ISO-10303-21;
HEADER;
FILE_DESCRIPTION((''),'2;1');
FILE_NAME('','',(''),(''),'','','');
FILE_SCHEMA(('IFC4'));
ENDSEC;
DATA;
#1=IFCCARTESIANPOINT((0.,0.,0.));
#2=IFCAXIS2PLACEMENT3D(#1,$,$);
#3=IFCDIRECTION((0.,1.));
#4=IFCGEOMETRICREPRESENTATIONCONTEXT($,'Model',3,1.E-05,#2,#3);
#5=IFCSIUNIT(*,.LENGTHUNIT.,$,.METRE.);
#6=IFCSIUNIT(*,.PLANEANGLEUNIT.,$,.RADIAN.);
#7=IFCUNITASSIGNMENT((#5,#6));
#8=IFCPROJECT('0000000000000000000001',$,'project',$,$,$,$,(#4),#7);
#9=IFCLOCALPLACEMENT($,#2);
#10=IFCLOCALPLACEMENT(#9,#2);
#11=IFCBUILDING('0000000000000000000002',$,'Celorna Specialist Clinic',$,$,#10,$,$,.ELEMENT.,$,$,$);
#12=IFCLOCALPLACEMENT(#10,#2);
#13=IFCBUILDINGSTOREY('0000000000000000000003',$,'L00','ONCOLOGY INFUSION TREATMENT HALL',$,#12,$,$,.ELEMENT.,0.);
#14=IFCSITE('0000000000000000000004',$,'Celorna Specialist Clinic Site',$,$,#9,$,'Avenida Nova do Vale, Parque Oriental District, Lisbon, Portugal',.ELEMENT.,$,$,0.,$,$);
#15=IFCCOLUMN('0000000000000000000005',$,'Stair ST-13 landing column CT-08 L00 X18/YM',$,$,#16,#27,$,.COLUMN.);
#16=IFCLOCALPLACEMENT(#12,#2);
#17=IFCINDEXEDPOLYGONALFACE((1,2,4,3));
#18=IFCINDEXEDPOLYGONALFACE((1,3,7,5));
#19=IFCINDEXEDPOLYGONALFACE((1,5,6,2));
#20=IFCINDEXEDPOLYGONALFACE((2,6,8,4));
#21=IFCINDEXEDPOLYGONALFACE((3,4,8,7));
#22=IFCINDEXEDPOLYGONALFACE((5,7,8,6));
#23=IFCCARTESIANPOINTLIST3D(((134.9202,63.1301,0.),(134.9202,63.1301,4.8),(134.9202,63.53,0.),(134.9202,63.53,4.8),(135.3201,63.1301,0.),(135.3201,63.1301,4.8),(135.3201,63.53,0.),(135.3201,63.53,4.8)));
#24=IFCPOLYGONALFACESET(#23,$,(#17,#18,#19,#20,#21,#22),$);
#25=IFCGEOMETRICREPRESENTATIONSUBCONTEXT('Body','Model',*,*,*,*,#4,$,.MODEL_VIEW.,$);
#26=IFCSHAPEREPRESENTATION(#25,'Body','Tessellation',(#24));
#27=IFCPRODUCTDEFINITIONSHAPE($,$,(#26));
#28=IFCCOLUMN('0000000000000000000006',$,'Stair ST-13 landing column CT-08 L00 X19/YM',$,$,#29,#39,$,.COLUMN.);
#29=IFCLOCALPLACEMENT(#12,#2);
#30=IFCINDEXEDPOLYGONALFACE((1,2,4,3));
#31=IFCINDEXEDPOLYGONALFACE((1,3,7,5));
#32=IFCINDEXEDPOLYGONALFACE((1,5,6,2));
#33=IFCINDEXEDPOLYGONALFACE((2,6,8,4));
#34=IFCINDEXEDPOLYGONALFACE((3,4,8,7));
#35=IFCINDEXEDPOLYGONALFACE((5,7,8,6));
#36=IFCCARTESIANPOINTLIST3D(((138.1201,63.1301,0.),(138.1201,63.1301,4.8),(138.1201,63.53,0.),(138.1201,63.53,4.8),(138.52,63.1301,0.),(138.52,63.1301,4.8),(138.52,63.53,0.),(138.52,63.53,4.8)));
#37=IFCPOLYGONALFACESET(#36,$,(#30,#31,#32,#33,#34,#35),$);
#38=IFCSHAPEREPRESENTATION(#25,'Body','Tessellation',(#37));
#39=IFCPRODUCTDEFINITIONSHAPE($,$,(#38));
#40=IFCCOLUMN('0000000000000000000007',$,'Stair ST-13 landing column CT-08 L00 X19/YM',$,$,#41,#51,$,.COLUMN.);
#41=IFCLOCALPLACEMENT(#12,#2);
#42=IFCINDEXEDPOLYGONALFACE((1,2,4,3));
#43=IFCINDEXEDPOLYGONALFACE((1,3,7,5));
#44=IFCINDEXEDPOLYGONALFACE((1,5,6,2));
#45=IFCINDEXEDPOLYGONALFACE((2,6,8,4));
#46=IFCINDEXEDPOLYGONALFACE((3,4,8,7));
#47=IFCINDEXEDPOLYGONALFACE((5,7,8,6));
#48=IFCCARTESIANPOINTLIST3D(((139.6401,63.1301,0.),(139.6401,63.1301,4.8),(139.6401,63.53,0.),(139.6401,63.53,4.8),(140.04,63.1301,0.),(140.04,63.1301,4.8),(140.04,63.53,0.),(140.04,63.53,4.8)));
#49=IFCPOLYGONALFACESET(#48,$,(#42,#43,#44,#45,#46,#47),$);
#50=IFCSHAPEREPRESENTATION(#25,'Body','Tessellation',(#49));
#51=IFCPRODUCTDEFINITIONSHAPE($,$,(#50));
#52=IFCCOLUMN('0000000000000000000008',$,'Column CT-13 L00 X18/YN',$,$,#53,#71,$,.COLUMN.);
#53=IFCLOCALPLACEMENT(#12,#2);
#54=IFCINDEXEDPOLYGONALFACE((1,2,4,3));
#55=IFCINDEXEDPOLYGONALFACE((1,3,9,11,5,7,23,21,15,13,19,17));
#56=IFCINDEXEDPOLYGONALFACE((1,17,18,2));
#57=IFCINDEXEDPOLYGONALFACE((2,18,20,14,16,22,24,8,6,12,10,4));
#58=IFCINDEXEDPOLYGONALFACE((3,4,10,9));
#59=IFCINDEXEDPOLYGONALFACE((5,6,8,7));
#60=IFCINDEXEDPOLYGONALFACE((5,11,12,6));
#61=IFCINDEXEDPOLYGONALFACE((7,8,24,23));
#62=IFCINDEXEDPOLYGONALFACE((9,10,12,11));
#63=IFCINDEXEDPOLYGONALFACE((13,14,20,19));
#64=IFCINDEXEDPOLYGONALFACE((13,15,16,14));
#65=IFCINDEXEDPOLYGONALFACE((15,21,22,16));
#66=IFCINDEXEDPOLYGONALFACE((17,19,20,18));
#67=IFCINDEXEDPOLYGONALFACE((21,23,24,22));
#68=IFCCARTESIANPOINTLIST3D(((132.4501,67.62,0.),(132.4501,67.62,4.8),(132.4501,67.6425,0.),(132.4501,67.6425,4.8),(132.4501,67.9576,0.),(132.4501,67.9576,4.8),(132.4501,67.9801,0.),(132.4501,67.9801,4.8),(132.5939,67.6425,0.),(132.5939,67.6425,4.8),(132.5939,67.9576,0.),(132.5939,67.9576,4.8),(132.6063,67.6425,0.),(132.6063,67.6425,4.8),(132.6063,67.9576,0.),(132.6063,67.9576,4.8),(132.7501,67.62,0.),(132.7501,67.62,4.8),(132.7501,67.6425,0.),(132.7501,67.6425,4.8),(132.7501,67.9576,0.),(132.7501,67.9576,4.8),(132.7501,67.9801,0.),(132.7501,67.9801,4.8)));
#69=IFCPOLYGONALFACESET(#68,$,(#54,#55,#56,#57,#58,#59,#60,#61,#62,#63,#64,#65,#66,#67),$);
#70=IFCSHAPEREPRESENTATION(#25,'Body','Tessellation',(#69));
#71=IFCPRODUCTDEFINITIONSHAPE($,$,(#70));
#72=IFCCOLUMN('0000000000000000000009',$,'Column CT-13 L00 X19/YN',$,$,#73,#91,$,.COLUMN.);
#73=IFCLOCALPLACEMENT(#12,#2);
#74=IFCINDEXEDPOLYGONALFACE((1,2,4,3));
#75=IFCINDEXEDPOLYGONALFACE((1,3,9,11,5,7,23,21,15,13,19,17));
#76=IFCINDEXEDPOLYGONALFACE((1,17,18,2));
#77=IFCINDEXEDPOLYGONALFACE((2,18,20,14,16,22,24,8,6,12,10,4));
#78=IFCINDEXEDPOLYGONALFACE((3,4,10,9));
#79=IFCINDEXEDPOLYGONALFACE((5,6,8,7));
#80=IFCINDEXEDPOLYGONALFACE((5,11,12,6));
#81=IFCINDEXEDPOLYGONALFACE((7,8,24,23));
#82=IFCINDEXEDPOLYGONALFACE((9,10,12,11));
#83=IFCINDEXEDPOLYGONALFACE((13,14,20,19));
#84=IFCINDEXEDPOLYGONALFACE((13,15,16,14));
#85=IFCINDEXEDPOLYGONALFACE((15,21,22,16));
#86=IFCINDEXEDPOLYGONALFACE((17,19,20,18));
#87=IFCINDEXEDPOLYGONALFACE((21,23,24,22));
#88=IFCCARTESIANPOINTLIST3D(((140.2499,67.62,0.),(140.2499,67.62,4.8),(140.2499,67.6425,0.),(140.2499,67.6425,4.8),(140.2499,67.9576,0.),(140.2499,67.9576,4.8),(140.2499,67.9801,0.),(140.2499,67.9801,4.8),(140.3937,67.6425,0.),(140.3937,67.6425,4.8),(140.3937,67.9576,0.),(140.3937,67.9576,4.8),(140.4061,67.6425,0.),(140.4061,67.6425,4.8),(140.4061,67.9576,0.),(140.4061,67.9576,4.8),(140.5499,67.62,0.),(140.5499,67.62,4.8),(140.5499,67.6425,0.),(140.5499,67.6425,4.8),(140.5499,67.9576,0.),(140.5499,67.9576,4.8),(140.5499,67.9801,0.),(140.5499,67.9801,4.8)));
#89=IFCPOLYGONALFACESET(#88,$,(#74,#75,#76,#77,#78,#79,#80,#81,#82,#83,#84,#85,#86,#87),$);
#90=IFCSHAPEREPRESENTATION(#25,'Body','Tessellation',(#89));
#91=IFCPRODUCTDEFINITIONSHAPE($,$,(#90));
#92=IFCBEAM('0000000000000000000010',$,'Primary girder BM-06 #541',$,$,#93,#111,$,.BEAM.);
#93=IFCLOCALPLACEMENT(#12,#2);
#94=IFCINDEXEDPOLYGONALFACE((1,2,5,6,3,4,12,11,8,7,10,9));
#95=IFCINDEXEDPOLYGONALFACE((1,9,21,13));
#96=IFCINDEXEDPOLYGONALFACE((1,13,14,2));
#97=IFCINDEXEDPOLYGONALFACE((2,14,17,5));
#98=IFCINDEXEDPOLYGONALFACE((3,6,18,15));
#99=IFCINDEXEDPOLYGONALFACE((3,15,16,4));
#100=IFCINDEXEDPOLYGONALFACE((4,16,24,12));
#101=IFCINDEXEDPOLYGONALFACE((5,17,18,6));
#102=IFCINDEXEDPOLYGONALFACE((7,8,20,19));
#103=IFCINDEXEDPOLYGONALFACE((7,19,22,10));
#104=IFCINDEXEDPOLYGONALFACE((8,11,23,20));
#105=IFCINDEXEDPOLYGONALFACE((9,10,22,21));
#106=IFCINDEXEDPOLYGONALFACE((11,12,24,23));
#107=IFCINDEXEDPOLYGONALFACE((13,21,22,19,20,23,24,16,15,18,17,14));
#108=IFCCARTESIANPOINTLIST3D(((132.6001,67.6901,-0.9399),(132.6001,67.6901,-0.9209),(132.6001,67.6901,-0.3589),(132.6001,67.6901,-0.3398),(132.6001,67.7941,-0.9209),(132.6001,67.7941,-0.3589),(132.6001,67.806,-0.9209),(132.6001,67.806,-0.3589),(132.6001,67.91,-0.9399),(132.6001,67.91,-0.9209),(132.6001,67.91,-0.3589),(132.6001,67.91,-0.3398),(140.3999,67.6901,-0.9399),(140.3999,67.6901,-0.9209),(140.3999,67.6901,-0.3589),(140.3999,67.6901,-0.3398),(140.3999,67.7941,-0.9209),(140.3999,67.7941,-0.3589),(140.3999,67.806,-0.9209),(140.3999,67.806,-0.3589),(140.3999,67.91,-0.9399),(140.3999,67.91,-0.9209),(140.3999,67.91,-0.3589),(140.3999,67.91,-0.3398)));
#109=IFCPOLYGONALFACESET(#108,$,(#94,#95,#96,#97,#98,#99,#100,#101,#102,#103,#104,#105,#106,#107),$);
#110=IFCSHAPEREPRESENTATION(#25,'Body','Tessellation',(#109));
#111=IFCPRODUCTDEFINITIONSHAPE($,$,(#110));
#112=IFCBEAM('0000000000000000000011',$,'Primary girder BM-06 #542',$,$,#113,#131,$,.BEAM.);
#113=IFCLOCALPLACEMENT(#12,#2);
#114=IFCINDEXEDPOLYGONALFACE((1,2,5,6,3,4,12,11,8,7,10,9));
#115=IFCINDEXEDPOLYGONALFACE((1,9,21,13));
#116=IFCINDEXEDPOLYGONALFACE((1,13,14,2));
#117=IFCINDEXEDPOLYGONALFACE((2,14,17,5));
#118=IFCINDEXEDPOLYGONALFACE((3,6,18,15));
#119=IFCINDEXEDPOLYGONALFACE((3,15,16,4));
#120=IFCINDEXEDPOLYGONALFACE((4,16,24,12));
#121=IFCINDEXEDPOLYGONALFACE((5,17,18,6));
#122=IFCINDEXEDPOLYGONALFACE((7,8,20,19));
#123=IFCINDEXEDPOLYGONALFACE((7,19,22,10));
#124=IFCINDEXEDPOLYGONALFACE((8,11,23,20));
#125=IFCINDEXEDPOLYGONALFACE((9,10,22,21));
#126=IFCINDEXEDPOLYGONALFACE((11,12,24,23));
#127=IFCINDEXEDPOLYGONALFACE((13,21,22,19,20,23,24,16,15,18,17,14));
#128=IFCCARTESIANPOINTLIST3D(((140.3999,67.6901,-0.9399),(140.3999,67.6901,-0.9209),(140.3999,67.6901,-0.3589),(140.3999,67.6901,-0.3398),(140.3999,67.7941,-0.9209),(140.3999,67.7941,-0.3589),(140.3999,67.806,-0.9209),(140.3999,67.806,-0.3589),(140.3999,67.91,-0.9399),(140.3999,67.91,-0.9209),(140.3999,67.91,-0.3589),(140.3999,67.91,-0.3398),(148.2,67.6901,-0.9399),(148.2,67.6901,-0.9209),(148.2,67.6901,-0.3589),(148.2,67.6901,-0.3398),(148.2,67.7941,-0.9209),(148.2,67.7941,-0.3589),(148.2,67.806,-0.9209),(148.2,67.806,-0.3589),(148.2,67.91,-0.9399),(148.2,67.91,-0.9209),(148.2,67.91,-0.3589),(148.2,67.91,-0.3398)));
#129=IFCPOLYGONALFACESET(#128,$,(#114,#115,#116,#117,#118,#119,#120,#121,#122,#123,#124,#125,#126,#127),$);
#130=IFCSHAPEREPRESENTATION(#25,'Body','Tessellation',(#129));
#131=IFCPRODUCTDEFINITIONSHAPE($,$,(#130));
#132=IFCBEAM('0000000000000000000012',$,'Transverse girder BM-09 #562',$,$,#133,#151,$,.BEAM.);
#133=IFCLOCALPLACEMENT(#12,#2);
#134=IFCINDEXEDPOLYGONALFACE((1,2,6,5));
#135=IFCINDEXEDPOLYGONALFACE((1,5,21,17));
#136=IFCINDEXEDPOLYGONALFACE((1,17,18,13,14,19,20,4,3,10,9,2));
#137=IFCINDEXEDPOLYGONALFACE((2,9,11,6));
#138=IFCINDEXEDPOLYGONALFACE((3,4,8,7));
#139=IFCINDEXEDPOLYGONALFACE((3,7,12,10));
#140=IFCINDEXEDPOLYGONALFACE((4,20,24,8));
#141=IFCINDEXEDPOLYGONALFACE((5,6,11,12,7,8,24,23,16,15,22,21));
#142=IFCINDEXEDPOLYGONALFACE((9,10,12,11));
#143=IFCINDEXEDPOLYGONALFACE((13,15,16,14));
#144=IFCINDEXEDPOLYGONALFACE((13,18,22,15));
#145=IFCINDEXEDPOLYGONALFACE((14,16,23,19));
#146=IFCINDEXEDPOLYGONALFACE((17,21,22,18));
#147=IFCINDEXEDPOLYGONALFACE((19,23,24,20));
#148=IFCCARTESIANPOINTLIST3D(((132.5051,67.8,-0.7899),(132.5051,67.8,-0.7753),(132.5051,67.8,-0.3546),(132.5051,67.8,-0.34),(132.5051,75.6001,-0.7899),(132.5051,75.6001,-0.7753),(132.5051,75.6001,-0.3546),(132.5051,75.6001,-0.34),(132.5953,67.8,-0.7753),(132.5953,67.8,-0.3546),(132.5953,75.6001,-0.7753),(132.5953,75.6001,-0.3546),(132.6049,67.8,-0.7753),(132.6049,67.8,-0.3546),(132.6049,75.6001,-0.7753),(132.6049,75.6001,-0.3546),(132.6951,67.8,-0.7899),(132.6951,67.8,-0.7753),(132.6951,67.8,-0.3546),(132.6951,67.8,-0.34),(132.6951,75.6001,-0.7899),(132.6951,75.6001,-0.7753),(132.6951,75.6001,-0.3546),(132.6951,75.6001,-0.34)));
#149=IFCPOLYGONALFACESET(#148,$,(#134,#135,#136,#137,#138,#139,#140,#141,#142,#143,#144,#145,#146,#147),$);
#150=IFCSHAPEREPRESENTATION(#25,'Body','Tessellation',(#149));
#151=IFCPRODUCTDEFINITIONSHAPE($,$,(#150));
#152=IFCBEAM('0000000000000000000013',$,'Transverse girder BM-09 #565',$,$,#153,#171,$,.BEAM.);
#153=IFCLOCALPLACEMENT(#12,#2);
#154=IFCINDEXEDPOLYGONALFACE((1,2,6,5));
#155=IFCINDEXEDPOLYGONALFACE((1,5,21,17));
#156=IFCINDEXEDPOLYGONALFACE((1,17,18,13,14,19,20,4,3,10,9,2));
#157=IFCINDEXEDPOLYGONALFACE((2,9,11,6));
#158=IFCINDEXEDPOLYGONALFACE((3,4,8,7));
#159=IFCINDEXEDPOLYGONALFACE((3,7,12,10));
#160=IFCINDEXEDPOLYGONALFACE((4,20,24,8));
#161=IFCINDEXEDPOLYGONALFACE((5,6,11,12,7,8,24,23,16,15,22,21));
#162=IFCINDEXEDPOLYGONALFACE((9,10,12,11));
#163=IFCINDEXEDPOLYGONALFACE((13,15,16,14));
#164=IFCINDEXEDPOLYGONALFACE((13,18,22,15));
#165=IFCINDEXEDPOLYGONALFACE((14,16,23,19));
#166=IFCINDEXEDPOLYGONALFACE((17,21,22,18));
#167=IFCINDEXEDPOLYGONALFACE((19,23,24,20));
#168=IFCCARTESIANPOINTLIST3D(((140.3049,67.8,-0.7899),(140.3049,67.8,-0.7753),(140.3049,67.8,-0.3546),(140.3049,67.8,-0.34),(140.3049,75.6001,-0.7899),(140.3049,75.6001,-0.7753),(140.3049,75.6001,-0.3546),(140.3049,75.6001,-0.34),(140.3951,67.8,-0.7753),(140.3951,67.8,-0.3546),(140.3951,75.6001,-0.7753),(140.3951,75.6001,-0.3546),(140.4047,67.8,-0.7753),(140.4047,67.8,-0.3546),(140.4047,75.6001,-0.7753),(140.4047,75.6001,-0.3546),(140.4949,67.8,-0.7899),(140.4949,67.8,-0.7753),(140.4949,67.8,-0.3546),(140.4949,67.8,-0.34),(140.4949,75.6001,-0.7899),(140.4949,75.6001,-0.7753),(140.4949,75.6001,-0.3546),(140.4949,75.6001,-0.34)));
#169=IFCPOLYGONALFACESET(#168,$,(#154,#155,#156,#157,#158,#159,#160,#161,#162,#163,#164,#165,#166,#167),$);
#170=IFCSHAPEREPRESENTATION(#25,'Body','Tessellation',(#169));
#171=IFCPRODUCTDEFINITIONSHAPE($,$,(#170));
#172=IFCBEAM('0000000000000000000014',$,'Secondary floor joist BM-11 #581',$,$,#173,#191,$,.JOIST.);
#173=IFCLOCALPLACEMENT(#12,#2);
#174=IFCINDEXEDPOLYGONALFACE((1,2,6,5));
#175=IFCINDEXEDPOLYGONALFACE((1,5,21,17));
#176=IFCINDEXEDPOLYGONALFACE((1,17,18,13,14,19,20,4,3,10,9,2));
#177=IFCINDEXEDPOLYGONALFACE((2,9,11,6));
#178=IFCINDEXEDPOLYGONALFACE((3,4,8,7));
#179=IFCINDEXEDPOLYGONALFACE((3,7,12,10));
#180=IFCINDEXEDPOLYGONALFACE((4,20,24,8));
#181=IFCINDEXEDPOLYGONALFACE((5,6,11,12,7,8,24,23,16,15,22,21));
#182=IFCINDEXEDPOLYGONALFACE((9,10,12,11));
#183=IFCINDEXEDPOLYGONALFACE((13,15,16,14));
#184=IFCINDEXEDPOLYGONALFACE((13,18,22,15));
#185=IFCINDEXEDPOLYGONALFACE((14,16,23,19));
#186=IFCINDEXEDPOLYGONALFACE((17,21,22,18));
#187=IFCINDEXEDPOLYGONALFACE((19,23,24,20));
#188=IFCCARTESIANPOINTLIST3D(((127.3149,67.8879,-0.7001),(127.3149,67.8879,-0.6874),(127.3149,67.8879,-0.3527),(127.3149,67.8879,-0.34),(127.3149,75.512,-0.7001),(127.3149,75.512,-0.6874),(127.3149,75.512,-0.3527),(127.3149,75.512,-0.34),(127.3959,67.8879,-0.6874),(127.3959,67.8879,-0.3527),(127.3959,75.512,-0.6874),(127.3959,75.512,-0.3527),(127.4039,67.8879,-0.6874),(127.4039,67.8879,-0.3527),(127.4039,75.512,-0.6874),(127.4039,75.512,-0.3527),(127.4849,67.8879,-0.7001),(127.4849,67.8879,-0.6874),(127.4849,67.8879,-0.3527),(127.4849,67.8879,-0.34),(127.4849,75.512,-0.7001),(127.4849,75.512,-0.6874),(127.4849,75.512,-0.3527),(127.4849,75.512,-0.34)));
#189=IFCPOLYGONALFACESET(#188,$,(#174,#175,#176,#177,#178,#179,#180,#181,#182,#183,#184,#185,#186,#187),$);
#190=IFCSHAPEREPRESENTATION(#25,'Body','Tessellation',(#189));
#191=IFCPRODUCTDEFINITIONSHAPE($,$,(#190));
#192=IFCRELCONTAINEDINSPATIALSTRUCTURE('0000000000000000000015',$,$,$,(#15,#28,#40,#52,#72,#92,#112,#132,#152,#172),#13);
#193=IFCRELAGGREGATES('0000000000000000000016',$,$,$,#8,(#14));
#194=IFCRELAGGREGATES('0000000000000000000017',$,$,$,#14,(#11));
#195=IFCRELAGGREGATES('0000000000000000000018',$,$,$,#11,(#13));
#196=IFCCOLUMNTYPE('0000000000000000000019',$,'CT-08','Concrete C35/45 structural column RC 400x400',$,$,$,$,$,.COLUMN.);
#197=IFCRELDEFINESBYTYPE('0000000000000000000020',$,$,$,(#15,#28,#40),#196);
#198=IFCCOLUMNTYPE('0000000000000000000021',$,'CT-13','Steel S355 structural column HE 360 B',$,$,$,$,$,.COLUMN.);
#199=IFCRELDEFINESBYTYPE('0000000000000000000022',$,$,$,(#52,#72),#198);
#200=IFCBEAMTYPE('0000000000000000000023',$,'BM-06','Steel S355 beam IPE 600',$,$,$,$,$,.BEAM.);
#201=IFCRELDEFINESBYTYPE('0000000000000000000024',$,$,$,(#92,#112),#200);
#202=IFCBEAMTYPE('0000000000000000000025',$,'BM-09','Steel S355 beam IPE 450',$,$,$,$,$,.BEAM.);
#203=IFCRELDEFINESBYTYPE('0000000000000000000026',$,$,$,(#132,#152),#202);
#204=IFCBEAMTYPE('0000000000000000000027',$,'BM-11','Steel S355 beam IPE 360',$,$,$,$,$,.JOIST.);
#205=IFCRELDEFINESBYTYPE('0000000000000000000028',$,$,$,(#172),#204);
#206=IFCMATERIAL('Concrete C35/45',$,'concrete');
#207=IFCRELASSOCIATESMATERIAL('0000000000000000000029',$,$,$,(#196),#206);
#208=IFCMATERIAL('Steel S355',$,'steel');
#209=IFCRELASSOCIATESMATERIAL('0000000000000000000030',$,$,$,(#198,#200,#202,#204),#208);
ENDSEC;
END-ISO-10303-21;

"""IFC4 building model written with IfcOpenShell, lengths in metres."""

from ifc_helpers import new_model, si_unit, direction, frame, origin, origin_2d, place, context, subcontext, project, spatial, rectangle, i_section, extrude, material, material_profile, profile_set, type_object, element, save


model = new_model("IFC4")

# Units and contexts
model_context = context("Model", 3, precision=1e-05, world=origin(), true_north=direction((0.0, 1.0)))
body_context = subcontext(model_context, "Body", "Model", "MODEL_VIEW")
ifc_project = project(units=[si_unit("LENGTHUNIT", "METRE"), si_unit("PLANEANGLEUNIT", "RADIAN")], contexts=[model_context])

# Site, building, storey
site_placement = place(None, origin())
site = spatial("IfcSite", under=ifc_project, at=site_placement, Name="Celorna Specialist Clinic Site", LongName="Avenida Nova do Vale, Parque Oriental District, Lisbon, Portugal", CompositionType="ELEMENT", RefElevation=0.0)
building_placement = place(site_placement, origin())
building = spatial("IfcBuilding", under=site, at=building_placement, Name="Celorna Specialist Clinic", CompositionType="ELEMENT")
storey_placement = place(building_placement, origin())
storey = spatial("IfcBuildingStorey", under=building, at=storey_placement, Name="L00", Description="ONCOLOGY INFUSION TREATMENT HALL", CompositionType="ELEMENT", Elevation=0.0)

# Columns
ifc_material_1 = material(Name="Concrete C35/45", Category="concrete")
ifc_material_profile_1 = material_profile(ifc_material_1, rectangle(XDim=0.3999, YDim=0.3999, at=origin_2d()), Name="RC 400x400")
ifc_profile_set_1 = profile_set([ifc_material_profile_1], Name="Concrete C35/45")
column_type_1 = type_object("IfcColumnType", Name="CT-08", Description="Concrete C35/45 structural column RC 400x400", PredefinedType="COLUMN", material=ifc_profile_set_1)
for number, where, z_axis, x_axis, name in (
    (1, (135.1201, 63.3301, 0.0), (0.0, 0.0, 1.0), (1.0, 0.0, 0.0), "Stair ST-13 landing column CT-08 L00 X18/YM"),
    (2, (138.3201, 63.3301, 0.0), (0.0, 0.0, 1.0), (1.0, 0.0, 0.0), "Stair ST-13 landing column CT-08 L00 X19/YM"),
    (3, (139.8401, 63.3301, 0.0), (0.0, 0.0, 1.0), (1.0, 0.0, 0.0), "Stair ST-13 landing column CT-08 L00 X19/YM"),
):
    element("IfcColumn", number, at=place(storey_placement, frame(where, z_axis=z_axis, x_axis=x_axis)), inside=storey, type_object=column_type_1, Name=name, PredefinedType="COLUMN", context=body_context, shape_type="SweptSolid", body=[
        extrude(rectangle(XDim=0.3999, YDim=0.3999, at=origin_2d()), origin(), (0.0, 0.0, 1.0), 4.8),
    ])
ifc_material_2 = material(Name="Steel S355", Category="steel")
ifc_material_profile_2 = material_profile(ifc_material_2, i_section(OverallWidth=0.3, OverallDepth=0.3601, WebThickness=0.0125, FlangeThickness=0.0225, at=origin_2d()), Name="HE 360 B")
ifc_profile_set_2 = profile_set([ifc_material_profile_2], Name="Steel S355")
column_type_2 = type_object("IfcColumnType", Name="CT-13", Description="Steel S355 structural column HE 360 B", PredefinedType="COLUMN", material=ifc_profile_set_2)
for number, where, z_axis, x_axis, name in (
    (4, (132.6001, 67.8, 0.0), (0.0, 0.0, 1.0), (1.0, 0.0, 0.0), "Column CT-13 L00 X18/YN"),
    (5, (140.3999, 67.8, 0.0), (0.0, 0.0, 1.0), (1.0, 0.0, 0.0), "Column CT-13 L00 X19/YN"),
):
    element("IfcColumn", number, at=place(storey_placement, frame(where, z_axis=z_axis, x_axis=x_axis)), inside=storey, type_object=column_type_2, Name=name, PredefinedType="COLUMN", context=body_context, shape_type="SweptSolid", body=[
        extrude(i_section(OverallWidth=0.3, OverallDepth=0.3601, WebThickness=0.0125, FlangeThickness=0.0225, at=origin_2d()), origin(), (0.0, 0.0, 1.0), 4.8),
    ])

# Beams
ifc_material_profile_3 = material_profile(ifc_material_2, i_section(OverallWidth=0.22, OverallDepth=0.6001, WebThickness=0.012, FlangeThickness=0.019, at=origin_2d()), Name="IPE 600")
ifc_profile_set_3 = profile_set([ifc_material_profile_3], Name="Steel S355")
beam_type_1 = type_object("IfcBeamType", Name="BM-06", Description="Steel S355 beam IPE 600", PredefinedType="BEAM", material=ifc_profile_set_3)
beam_1_placement = place(storey_placement, frame((132.6001, 67.8, -0.6399), z_axis=(1.0, 0.0, 0.0), x_axis=(0.0, 1.0, 0.0)))
element("IfcBeam", 6, at=beam_1_placement, inside=storey, type_object=beam_type_1, Name="Primary girder BM-06 #541", PredefinedType="BEAM", context=body_context, shape_type="SweptSolid", body=[
    extrude(i_section(OverallWidth=0.22, OverallDepth=0.6001, WebThickness=0.012, FlangeThickness=0.019, at=origin_2d()), origin(), (0.0, 0.0, 1.0), 7.7998),
])
beam_2_placement = place(storey_placement, frame((140.3999, 67.8, -0.6399), z_axis=(1.0, 0.0, 0.0), x_axis=(0.0, 1.0, 0.0)))
element("IfcBeam", 7, at=beam_2_placement, inside=storey, type_object=beam_type_1, Name="Primary girder BM-06 #542", PredefinedType="BEAM", context=body_context, shape_type="SweptSolid", body=[
    extrude(i_section(OverallWidth=0.22, OverallDepth=0.6001, WebThickness=0.012, FlangeThickness=0.019, at=origin_2d()), origin(), (0.0, 0.0, 1.0), 7.8),
])
ifc_material_profile_4 = material_profile(ifc_material_2, i_section(OverallWidth=0.1899, OverallDepth=0.45, WebThickness=0.0095, FlangeThickness=0.0146, at=origin_2d()), Name="IPE 450")
ifc_profile_set_4 = profile_set([ifc_material_profile_4], Name="Steel S355")
beam_type_2 = type_object("IfcBeamType", Name="BM-09", Description="Steel S355 beam IPE 450", PredefinedType="BEAM", material=ifc_profile_set_4)
for number, where, z_axis, x_axis, name in (
    (8, (132.6001, 67.8, -0.5649), (0.0, 1.0, 0.0), (-1.0, 0.0, 0.0), "Transverse girder BM-09 #562"),
    (9, (140.3999, 67.8, -0.5649), (0.0, 1.0, 0.0), (-1.0, 0.0, 0.0), "Transverse girder BM-09 #565"),
):
    element("IfcBeam", number, at=place(storey_placement, frame(where, z_axis=z_axis, x_axis=x_axis)), inside=storey, type_object=beam_type_2, Name=name, PredefinedType="BEAM", context=body_context, shape_type="SweptSolid", body=[
        extrude(i_section(OverallWidth=0.1899, OverallDepth=0.45, WebThickness=0.0095, FlangeThickness=0.0146, at=origin_2d()), origin(), (0.0, 0.0, 1.0), 7.8),
    ])
ifc_material_profile_5 = material_profile(ifc_material_2, i_section(OverallWidth=0.1699, OverallDepth=0.3601, WebThickness=0.0081, FlangeThickness=0.0127, at=origin_2d()), Name="IPE 360")
ifc_profile_set_5 = profile_set([ifc_material_profile_5], Name="Steel S355")
beam_type_3 = type_object("IfcBeamType", Name="BM-11", Description="Steel S355 beam IPE 360", PredefinedType="JOIST", material=ifc_profile_set_5)
beam_3_placement = place(storey_placement, frame((127.3999, 67.8879, -0.52), z_axis=(0.0, 1.0, 0.0), x_axis=(-1.0, 0.0, 0.0)))
element("IfcBeam", 10, at=beam_3_placement, inside=storey, type_object=beam_type_3, Name="Secondary floor joist BM-11 #581", PredefinedType="JOIST", context=body_context, shape_type="SweptSolid", body=[
    extrude(i_section(OverallWidth=0.1699, OverallDepth=0.3601, WebThickness=0.0081, FlangeThickness=0.0127, at=origin_2d()), origin(), (0.0, 0.0, 1.0), 7.624),
])

save(model, "model.ifc")
